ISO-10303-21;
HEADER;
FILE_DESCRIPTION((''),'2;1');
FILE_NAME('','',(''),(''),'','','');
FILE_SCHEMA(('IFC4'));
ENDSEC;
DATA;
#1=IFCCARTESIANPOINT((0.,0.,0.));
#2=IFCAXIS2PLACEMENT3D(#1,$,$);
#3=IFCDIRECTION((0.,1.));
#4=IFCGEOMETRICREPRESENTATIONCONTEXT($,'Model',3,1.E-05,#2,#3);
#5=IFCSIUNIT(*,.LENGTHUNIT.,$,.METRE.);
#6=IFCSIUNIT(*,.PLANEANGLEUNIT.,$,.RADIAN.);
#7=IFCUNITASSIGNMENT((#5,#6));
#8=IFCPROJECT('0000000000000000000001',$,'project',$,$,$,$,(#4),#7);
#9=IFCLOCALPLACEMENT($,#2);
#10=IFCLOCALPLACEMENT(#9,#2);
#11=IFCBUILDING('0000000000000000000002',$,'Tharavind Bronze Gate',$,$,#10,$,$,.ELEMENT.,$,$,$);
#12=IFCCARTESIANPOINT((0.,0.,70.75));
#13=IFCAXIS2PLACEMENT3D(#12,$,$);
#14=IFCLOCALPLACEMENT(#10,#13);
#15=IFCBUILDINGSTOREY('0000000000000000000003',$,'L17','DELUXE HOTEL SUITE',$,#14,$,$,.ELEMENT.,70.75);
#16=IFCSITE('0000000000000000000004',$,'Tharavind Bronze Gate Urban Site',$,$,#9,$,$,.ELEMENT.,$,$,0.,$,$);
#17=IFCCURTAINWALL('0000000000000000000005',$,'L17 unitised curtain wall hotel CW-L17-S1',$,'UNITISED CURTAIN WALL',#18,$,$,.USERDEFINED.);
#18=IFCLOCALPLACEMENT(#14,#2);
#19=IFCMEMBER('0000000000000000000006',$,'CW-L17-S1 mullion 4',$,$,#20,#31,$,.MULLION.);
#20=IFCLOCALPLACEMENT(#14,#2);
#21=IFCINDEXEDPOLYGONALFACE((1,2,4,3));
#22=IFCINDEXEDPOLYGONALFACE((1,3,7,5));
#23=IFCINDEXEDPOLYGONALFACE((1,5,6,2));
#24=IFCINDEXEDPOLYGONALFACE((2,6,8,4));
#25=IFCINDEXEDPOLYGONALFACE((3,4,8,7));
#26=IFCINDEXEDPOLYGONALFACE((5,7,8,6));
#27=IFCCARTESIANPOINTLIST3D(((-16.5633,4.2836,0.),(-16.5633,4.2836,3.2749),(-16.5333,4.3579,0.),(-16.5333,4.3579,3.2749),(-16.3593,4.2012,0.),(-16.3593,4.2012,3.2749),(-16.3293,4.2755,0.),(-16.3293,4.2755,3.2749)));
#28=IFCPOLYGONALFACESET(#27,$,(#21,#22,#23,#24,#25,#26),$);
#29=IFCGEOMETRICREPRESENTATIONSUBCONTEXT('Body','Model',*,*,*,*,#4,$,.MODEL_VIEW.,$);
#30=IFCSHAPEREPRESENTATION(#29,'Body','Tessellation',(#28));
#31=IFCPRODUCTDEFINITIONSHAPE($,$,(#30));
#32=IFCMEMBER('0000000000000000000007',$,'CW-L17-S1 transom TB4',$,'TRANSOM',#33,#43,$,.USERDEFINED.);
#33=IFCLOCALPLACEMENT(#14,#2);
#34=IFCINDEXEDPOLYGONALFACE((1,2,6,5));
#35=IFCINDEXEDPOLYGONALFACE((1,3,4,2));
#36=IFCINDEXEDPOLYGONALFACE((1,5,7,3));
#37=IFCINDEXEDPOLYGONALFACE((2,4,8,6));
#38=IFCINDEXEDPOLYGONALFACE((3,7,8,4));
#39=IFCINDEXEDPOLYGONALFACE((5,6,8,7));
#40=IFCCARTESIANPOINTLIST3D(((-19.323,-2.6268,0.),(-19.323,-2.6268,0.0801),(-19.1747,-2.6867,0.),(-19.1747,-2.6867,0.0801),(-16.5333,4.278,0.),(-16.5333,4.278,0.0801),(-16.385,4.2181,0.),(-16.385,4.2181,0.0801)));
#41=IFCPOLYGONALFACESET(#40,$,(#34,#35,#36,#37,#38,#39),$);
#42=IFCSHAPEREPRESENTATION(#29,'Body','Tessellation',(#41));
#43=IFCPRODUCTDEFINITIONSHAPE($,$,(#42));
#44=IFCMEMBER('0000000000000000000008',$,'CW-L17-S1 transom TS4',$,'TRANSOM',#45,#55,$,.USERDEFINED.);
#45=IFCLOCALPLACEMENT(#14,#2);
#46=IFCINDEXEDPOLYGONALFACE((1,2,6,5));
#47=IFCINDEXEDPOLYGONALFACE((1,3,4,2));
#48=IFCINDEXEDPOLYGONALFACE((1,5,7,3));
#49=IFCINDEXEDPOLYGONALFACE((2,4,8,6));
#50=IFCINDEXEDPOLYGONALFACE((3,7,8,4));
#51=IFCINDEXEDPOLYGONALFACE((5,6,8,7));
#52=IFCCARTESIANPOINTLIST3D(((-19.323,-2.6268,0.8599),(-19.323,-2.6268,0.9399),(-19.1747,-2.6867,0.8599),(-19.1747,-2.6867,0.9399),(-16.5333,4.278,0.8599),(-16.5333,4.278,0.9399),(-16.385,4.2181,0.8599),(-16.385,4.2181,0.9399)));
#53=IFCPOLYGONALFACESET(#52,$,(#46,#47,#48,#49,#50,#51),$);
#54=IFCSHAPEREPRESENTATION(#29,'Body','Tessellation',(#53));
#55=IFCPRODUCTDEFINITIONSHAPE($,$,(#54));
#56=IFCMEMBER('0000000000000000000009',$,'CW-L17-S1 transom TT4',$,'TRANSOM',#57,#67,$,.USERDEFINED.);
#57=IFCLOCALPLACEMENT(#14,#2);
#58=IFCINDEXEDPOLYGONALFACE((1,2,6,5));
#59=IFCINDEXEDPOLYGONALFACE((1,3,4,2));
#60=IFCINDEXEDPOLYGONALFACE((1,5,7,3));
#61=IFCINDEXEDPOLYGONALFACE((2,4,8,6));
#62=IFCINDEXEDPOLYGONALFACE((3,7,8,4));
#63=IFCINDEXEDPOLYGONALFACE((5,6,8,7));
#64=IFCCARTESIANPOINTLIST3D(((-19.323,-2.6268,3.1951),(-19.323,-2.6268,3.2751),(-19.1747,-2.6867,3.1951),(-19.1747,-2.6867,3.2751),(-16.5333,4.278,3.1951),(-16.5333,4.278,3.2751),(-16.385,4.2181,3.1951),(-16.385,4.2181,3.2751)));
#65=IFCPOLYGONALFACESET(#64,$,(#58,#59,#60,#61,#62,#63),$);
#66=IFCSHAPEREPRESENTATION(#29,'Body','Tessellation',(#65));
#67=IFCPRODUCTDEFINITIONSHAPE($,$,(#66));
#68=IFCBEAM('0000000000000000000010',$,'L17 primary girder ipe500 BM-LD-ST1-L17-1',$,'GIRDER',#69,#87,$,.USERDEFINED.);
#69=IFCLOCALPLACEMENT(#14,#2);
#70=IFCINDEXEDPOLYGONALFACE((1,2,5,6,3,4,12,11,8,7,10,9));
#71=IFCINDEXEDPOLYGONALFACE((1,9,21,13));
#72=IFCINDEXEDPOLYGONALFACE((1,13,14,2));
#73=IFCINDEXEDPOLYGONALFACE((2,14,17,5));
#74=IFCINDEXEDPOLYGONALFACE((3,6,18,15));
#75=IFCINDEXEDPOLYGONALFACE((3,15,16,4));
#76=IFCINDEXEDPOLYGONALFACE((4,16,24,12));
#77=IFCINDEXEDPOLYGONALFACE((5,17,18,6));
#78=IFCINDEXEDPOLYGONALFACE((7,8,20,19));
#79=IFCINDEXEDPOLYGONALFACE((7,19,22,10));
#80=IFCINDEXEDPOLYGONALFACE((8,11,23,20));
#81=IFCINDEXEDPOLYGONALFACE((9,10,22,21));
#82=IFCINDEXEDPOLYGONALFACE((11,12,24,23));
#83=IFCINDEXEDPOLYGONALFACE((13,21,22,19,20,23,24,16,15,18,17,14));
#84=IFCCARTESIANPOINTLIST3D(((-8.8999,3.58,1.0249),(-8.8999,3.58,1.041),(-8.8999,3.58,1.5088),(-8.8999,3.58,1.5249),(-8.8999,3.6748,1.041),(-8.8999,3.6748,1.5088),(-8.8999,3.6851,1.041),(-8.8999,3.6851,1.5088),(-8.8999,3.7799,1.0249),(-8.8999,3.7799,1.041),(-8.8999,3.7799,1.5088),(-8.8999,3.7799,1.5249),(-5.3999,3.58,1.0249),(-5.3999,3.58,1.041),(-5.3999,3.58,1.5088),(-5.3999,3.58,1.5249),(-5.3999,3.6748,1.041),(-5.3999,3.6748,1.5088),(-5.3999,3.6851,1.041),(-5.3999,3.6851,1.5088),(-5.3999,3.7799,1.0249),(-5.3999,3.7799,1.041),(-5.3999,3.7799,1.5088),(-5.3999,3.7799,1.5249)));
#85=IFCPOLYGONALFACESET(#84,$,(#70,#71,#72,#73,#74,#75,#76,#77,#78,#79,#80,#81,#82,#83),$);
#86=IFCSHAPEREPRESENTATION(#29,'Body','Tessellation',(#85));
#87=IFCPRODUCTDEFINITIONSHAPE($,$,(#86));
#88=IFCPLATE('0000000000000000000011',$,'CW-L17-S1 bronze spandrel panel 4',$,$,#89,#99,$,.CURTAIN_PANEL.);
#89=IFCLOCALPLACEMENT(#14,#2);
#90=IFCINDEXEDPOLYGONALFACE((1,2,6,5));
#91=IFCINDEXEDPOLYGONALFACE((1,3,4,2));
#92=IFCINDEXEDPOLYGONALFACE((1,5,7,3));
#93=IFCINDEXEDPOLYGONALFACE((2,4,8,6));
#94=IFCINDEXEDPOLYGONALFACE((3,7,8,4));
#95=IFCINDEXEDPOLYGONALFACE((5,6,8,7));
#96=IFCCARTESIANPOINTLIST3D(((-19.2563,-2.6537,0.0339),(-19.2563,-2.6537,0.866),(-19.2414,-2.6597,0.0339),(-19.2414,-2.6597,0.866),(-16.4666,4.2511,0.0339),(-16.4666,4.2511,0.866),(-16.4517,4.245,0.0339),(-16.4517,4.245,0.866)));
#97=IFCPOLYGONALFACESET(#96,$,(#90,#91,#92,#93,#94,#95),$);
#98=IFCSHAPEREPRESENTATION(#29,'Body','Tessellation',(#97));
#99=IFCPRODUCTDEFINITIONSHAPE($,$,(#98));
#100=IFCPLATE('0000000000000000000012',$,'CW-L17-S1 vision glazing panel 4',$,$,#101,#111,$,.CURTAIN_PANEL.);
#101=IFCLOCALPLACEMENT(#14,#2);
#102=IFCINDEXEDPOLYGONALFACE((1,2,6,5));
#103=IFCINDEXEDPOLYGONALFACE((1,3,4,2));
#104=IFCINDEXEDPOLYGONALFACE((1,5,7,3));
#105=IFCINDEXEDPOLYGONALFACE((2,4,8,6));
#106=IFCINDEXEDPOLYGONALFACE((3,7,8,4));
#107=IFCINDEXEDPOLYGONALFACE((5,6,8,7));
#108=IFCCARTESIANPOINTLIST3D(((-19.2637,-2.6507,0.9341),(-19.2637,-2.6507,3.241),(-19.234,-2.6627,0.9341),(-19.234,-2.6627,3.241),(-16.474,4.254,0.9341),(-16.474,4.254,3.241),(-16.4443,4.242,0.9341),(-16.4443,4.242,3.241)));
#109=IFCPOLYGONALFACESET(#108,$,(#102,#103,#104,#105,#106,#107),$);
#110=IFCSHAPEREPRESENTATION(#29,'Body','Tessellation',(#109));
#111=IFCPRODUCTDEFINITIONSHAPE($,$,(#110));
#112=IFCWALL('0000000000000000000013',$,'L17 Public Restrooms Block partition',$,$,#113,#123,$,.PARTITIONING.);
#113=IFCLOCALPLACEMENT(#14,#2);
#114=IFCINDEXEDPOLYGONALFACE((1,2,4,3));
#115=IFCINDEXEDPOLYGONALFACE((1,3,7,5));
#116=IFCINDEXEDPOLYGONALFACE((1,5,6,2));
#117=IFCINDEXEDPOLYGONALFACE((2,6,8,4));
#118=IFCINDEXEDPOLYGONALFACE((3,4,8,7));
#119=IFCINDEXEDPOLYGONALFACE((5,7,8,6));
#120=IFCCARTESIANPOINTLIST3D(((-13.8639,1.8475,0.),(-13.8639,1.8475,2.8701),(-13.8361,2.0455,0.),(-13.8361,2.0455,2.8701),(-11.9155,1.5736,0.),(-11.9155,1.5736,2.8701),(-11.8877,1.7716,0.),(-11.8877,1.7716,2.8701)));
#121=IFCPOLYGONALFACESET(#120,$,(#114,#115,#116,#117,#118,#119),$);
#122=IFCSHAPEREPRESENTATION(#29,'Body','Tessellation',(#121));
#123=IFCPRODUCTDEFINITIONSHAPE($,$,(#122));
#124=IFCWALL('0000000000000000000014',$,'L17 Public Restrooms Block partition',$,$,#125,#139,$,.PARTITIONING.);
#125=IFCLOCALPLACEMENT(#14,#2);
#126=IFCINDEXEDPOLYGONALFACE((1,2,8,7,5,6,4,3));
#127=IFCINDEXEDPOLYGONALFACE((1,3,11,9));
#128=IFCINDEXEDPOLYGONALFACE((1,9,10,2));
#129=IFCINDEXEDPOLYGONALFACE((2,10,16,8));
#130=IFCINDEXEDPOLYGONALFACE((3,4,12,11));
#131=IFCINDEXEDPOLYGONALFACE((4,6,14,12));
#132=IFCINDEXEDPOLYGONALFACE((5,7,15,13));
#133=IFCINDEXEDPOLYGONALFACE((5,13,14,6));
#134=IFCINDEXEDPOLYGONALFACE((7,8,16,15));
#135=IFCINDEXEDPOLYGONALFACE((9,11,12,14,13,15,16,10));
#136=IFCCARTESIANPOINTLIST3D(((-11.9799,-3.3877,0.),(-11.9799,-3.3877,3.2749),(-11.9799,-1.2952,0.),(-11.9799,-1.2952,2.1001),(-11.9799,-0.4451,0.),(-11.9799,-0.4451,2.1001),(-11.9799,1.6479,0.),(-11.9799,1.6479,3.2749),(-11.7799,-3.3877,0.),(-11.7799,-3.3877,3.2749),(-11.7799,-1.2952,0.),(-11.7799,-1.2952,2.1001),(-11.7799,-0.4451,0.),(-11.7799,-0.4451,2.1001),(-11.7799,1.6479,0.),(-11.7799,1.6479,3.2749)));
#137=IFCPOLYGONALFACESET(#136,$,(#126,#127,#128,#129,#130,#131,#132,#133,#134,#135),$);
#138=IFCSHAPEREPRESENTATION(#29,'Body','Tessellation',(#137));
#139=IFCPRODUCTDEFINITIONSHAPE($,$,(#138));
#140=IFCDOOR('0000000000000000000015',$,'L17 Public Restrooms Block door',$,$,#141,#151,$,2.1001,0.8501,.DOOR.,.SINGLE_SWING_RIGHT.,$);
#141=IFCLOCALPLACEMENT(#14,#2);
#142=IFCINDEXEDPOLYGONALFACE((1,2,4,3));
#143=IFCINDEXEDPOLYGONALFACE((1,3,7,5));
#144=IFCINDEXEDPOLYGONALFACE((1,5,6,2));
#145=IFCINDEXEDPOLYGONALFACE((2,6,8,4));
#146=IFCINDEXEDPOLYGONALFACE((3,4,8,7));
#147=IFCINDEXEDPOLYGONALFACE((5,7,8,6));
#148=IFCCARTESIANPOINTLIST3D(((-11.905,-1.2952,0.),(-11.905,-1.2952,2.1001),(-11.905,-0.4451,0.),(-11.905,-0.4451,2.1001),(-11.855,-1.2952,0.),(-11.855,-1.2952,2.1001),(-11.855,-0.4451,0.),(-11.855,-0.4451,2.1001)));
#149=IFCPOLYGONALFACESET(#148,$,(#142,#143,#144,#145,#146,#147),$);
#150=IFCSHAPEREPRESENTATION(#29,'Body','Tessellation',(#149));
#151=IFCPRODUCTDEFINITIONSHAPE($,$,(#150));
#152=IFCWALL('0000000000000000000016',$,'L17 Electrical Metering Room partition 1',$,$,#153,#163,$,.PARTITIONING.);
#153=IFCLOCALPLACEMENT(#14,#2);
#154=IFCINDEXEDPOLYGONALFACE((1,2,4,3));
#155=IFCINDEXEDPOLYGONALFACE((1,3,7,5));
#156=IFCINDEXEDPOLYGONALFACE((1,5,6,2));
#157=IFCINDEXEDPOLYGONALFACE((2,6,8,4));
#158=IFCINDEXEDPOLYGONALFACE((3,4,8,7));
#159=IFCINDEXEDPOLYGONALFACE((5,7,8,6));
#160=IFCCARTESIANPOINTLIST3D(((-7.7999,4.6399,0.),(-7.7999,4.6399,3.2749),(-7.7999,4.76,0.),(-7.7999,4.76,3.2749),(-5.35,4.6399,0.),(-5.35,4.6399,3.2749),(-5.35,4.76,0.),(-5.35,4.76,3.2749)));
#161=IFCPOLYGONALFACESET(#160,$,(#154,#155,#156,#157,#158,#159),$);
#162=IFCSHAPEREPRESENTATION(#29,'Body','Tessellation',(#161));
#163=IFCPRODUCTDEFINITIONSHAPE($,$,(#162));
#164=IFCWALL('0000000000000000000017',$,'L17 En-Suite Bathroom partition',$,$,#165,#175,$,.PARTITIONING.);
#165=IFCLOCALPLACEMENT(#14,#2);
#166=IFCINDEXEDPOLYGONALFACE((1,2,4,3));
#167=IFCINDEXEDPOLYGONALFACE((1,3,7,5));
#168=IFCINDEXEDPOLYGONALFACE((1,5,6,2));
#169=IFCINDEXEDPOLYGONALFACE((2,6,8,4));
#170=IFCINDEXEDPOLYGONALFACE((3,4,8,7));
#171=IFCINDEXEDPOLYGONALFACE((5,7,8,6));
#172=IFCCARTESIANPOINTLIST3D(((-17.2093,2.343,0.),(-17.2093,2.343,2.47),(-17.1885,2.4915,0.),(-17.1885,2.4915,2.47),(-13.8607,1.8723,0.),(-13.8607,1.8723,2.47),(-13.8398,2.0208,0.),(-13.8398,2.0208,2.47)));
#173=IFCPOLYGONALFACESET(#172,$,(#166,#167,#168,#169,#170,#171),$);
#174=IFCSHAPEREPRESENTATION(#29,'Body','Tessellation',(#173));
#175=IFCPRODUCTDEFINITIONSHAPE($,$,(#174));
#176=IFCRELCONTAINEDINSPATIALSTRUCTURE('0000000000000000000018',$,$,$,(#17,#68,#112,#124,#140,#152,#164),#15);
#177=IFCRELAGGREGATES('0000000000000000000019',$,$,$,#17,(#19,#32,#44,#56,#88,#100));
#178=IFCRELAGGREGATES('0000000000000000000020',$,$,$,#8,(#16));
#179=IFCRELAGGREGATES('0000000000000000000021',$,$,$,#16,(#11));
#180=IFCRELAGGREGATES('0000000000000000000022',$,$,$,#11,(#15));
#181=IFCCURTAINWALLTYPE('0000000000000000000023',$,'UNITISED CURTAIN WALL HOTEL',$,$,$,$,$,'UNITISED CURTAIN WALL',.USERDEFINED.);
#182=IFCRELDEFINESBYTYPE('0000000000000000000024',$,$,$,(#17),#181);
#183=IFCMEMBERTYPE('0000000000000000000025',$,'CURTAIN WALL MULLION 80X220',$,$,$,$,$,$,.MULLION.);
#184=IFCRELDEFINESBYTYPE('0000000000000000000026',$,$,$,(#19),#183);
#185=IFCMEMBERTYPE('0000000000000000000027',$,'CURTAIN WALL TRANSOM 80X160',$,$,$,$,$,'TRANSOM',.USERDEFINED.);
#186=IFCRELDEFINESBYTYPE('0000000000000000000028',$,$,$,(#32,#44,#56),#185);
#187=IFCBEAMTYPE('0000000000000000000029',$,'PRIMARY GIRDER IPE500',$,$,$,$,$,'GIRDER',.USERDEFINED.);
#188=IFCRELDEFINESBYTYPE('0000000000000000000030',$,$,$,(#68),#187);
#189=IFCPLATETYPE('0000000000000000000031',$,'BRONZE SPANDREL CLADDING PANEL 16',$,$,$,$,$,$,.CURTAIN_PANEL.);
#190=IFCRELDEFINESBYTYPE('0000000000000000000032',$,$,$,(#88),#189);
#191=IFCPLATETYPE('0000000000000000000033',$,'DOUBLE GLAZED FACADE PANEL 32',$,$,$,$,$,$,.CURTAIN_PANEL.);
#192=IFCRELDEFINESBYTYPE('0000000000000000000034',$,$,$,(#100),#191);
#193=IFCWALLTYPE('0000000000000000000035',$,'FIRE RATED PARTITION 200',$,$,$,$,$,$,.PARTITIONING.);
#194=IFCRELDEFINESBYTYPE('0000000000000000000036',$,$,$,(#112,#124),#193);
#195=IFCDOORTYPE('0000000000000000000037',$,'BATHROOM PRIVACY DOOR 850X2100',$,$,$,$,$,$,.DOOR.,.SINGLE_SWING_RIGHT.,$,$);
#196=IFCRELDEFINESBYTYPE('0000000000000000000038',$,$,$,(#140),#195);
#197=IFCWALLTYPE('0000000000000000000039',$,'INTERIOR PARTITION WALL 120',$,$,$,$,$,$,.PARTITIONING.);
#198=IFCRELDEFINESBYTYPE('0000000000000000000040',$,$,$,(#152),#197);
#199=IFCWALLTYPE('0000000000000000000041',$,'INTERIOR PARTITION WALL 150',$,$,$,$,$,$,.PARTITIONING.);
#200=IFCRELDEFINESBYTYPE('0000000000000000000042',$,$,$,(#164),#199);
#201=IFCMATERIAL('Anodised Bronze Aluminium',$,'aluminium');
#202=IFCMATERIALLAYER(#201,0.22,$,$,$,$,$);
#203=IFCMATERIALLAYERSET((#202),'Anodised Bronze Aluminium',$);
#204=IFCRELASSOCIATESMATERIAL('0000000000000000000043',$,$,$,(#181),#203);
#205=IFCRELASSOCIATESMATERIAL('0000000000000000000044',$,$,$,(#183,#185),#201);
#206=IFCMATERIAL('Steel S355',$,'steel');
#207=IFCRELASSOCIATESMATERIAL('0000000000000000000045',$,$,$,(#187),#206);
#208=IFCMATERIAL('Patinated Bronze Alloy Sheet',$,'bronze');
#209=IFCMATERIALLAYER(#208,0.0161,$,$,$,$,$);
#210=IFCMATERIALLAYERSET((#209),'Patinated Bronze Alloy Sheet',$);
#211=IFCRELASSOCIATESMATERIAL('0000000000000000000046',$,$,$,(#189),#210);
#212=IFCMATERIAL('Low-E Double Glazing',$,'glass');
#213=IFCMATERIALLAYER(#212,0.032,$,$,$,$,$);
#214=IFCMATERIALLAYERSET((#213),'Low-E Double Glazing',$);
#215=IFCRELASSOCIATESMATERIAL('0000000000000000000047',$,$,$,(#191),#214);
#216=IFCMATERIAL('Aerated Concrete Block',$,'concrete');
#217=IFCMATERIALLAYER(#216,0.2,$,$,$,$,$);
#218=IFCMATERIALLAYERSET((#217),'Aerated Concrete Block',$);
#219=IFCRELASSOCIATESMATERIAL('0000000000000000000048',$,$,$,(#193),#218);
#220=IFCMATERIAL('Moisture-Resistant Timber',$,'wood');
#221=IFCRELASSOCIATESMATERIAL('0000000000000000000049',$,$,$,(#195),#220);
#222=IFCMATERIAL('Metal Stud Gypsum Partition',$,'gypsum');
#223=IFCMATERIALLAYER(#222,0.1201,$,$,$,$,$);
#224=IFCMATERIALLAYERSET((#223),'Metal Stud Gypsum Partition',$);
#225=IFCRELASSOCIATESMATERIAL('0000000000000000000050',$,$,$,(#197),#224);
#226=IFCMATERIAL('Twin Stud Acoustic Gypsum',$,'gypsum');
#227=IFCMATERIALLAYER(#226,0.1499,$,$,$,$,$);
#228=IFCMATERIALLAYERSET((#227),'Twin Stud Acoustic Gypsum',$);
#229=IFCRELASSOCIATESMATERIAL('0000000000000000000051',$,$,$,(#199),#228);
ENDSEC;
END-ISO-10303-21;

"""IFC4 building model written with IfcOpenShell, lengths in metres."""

from ifc_helpers import new_model, si_unit, direction, frame, frame_2d, origin, origin_2d, place, context, subcontext, project, spatial, rectangle, i_section, extrude, material, layer, layer_set, material_profile, profile_set, type_object, element, fill, aggregate, save


model = new_model("IFC4")

# Units and contexts
model_context = context("Model", 3, precision=1e-05, world=origin(), true_north=direction((0.0, 1.0)))
body_context = subcontext(model_context, "Body", "Model", "MODEL_VIEW")
ifc_project = project(units=[si_unit("LENGTHUNIT", "METRE"), si_unit("PLANEANGLEUNIT", "RADIAN")], contexts=[model_context])

# Site, building, storey
site_placement = place(None, origin())
site = spatial("IfcSite", under=ifc_project, at=site_placement, Name="Tharavind Bronze Gate Urban Site", CompositionType="ELEMENT", RefElevation=0.0)
building_placement = place(site_placement, origin())
building = spatial("IfcBuilding", under=site, at=building_placement, Name="Tharavind Bronze Gate", CompositionType="ELEMENT")
storey_placement = place(building_placement, frame((0.0, 0.0, 70.75)))
storey = spatial("IfcBuildingStorey", under=building, at=storey_placement, Name="L17", Description="DELUXE HOTEL SUITE", CompositionType="ELEMENT", Elevation=70.75)

# Curtain wall, members
ifc_material_1 = material(Name="Anodised Bronze Aluminium", Category="aluminium")
ifc_layer_1 = layer(ifc_material_1, 0.22)
ifc_layer_set_1 = layer_set([ifc_layer_1], Name="Anodised Bronze Aluminium")
curtain_wall_type = type_object("IfcCurtainWallType", Name="UNITISED CURTAIN WALL HOTEL", ElementType="UNITISED CURTAIN WALL", PredefinedType="USERDEFINED", material=ifc_layer_set_1)
curtain_wall_placement = place(storey_placement, origin())
curtain_wall = element("IfcCurtainWall", 1, at=curtain_wall_placement, inside=storey, type_object=curtain_wall_type, Name="L17 unitised curtain wall hotel CW-L17-S1", ObjectType="UNITISED CURTAIN WALL", PredefinedType="USERDEFINED")
member_type_1 = type_object("IfcMemberType", Name="CURTAIN WALL MULLION 80X220", PredefinedType="MULLION", material=ifc_material_1)
member_1_placement = place(storey_placement, frame((-16.4463, 4.2795, 0.0), z_axis=(0.0, 0.0, 1.0), x_axis=(-0.374607, -0.927184, 0.0)))
member_1 = element("IfcMember", 2, at=member_1_placement, type_object=member_type_1, Name="CW-L17-S1 mullion 4", PredefinedType="MULLION", context=body_context, shape_type="SweptSolid", body=[
    extrude(rectangle(XDim=0.0801, YDim=0.22, at=origin_2d()), origin(), (0.0, 0.0, 1.0), 3.2749),
])
member_type_2 = type_object("IfcMemberType", Name="CURTAIN WALL TRANSOM 80X160", ElementType="TRANSOM", PredefinedType="USERDEFINED", material=ifc_material_1)
member_2_placement = place(storey_placement, frame((-17.854, 0.7957, 0.0), z_axis=(0.0, 0.0, 1.0), x_axis=(-0.374607, -0.927184, 0.0)))
member_2 = element("IfcMember", 3, at=member_2_placement, type_object=member_type_2, Name="CW-L17-S1 transom TB4", ObjectType="TRANSOM", PredefinedType="USERDEFINED", context=body_context, shape_type="SweptSolid", body=[
    extrude(rectangle(XDim=7.447, YDim=0.1599, at=origin_2d()), origin(), (0.0, 0.0, 1.0), 0.0801),
])
member_3_placement = place(storey_placement, frame((-17.854, 0.7957, 0.8599), z_axis=(0.0, 0.0, 1.0), x_axis=(-0.374607, -0.927184, 0.0)))
member_3 = element("IfcMember", 4, at=member_3_placement, type_object=member_type_2, Name="CW-L17-S1 transom TS4", ObjectType="TRANSOM", PredefinedType="USERDEFINED", context=body_context, shape_type="SweptSolid", body=[
    extrude(rectangle(XDim=7.447, YDim=0.1599, at=origin_2d()), origin(), (0.0, 0.0, 1.0), 0.0801),
])
member_4_placement = place(storey_placement, frame((-17.854, 0.7957, 3.1951), z_axis=(0.0, 0.0, 1.0), x_axis=(-0.374607, -0.927184, 0.0)))
member_4 = element("IfcMember", 5, at=member_4_placement, type_object=member_type_2, Name="CW-L17-S1 transom TT4", ObjectType="TRANSOM", PredefinedType="USERDEFINED", context=body_context, shape_type="SweptSolid", body=[
    extrude(rectangle(XDim=7.447, YDim=0.1599, at=origin_2d()), origin(), (0.0, 0.0, 1.0), 0.0801),
])

# Beam
ifc_material_2 = material(Name="Steel S355", Category="steel")
ifc_material_profile = material_profile(ifc_material_2, i_section(OverallWidth=0.2, OverallDepth=0.5, WebThickness=0.0103, FlangeThickness=0.0161, at=origin_2d()), Name="IPE500")
ifc_profile_set = profile_set([ifc_material_profile], Name="Steel S355")
beam_type = type_object("IfcBeamType", Name="PRIMARY GIRDER IPE500", ElementType="GIRDER", PredefinedType="USERDEFINED", material=ifc_profile_set)
beam_placement = place(storey_placement, frame((-8.8999, 3.6799, 1.2749), z_axis=(1.0, 0.0, 0.0), x_axis=(0.0, 1.0, 0.0)))
element("IfcBeam", 6, at=beam_placement, inside=storey, type_object=beam_type, Name="L17 primary girder ipe500 BM-LD-ST1-L17-1", ObjectType="GIRDER", PredefinedType="USERDEFINED", context=body_context, shape_type="SweptSolid", body=[
    extrude(i_section(OverallWidth=0.2, OverallDepth=0.5, WebThickness=0.0103, FlangeThickness=0.0161, at=origin_2d()), origin(), (0.0, 0.0, 1.0), 3.5),
])

# Plates
ifc_material_3 = material(Name="Patinated Bronze Alloy Sheet", Category="bronze")
ifc_layer_2 = layer(ifc_material_3, 0.0161)
ifc_layer_set_2 = layer_set([ifc_layer_2], Name="Patinated Bronze Alloy Sheet")
plate_type_1 = type_object("IfcPlateType", Name="BRONZE SPANDREL CLADDING PANEL 16", PredefinedType="CURTAIN_PANEL", material=ifc_layer_set_2)
plate_1_placement = place(storey_placement, frame((-17.854, 0.7957, 0.0339), z_axis=(0.0, 0.0, 1.0), x_axis=(-0.374607, -0.927184, 0.0)))
plate_1 = element("IfcPlate", 7, at=plate_1_placement, type_object=plate_type_1, Name="CW-L17-S1 bronze spandrel panel 4", PredefinedType="CURTAIN_PANEL", context=body_context, shape_type="SweptSolid", body=[
    extrude(rectangle(XDim=7.447, YDim=0.0161, at=origin_2d()), origin(), (0.0, 0.0, 1.0), 0.832),
])
ifc_material_4 = material(Name="Low-E Double Glazing", Category="glass")
ifc_layer_3 = layer(ifc_material_4, 0.032)
ifc_layer_set_3 = layer_set([ifc_layer_3], Name="Low-E Double Glazing")
plate_type_2 = type_object("IfcPlateType", Name="DOUBLE GLAZED FACADE PANEL 32", PredefinedType="CURTAIN_PANEL", material=ifc_layer_set_3)
plate_2_placement = place(storey_placement, frame((-17.854, 0.7957, 0.9341), z_axis=(0.0, 0.0, 1.0), x_axis=(-0.374607, -0.927184, 0.0)))
plate_2 = element("IfcPlate", 8, at=plate_2_placement, type_object=plate_type_2, Name="CW-L17-S1 vision glazing panel 4", PredefinedType="CURTAIN_PANEL", context=body_context, shape_type="SweptSolid", body=[
    extrude(rectangle(XDim=7.447, YDim=0.032, at=origin_2d()), origin(), (0.0, 0.0, 1.0), 2.3069),
])
aggregate(curtain_wall, [member_1, member_2, member_3, member_4, plate_1, plate_2])

# Wall
ifc_material_5 = material(Name="Aerated Concrete Block", Category="concrete")
ifc_layer_4 = layer(ifc_material_5, 0.2)
ifc_layer_set_4 = layer_set([ifc_layer_4], Name="Aerated Concrete Block")
wall_type_1 = type_object("IfcWallType", Name="FIRE RATED PARTITION 200", PredefinedType="PARTITIONING", material=ifc_layer_set_4)
wall_1_placement = place(storey_placement, frame((-13.8501, 1.9465, 0.0), z_axis=(0.0, 0.0, 1.0), x_axis=(0.990262, -0.139215, 0.0)))
element("IfcWall", 9, at=wall_1_placement, inside=storey, type_object=wall_type_1, Name="L17 Public Restrooms Block partition", PredefinedType="PARTITIONING", context=body_context, shape_type="SweptSolid", body=[
    extrude(rectangle(XDim=1.9675, YDim=0.2, at=frame_2d((0.9839, 0.0))), origin(), (0.0, 0.0, 1.0), 2.8701),
])

# Wall, opening, door
wall_2_placement = place(storey_placement, frame((-11.8799, 1.6479, 0.0), z_axis=(0.0, 0.0, 1.0), x_axis=(0.0, -1.0, 0.0)))
wall_2 = element("IfcWall", 10, at=wall_2_placement, inside=storey, type_object=wall_type_1, Name="L17 Public Restrooms Block partition", PredefinedType="PARTITIONING", context=body_context, shape_type="SweptSolid", body=[
    extrude(rectangle(XDim=5.0356, YDim=0.2, at=frame_2d((2.5178, 0.0))), origin(), (0.0, 0.0, 1.0), 3.2749),
])
opening_1_placement = place(wall_2_placement, frame((2.093, 0.0, 0.0)))
opening_1 = element("IfcOpeningElement", 11, at=opening_1_placement, cuts=wall_2, PredefinedType="OPENING", context=body_context, shape_type="SweptSolid", body=[
    extrude(rectangle(XDim=0.8501, YDim=2.1001, at=frame_2d((0.425, 1.05))), frame((0.0, 0.1101, 0.0), z_axis=(0.0, -1.0, 0.0), x_axis=(1.0, 0.0, 0.0)), (0.0, 0.0, 1.0), 0.22),
])
ifc_material_6 = material(Name="Moisture-Resistant Timber", Category="wood")
door_type_1 = type_object("IfcDoorType", Name="BATHROOM PRIVACY DOOR 850X2100", OperationType="SINGLE_SWING_RIGHT", PredefinedType="DOOR", material=ifc_material_6)
door_1_placement = place(opening_1_placement, origin())
door_1 = element("IfcDoor", 12, at=door_1_placement, inside=storey, type_object=door_type_1, Name="L17 Public Restrooms Block door", OperationType="SINGLE_SWING_RIGHT", OverallHeight=2.1001, OverallWidth=0.8501, PredefinedType="DOOR", context=body_context, shape_type="SweptSolid", body=[
    extrude(rectangle(XDim=0.8501, YDim=2.1001, at=frame_2d((0.425, 1.05))), frame((0.0, 0.0249, 0.0), z_axis=(0.0, -1.0, 0.0), x_axis=(1.0, 0.0, 0.0)), (0.0, 0.0, 1.0), 0.05),
])
fill(opening_1, door_1)

# Walls
ifc_material_7 = material(Name="Metal Stud Gypsum Partition", Category="gypsum")
ifc_layer_5 = layer(ifc_material_7, 0.1201)
ifc_layer_set_5 = layer_set([ifc_layer_5], Name="Metal Stud Gypsum Partition")
wall_type_2 = type_object("IfcWallType", Name="INTERIOR PARTITION WALL 120", PredefinedType="PARTITIONING", material=ifc_layer_set_5)
wall_3_placement = place(storey_placement, frame((-7.8, 4.7, 0.0), z_axis=(0.0, 0.0, 1.0), x_axis=(1.0, 0.0, 0.0)))
element("IfcWall", 13, at=wall_3_placement, inside=storey, type_object=wall_type_2, Name="L17 Electrical Metering Room partition 1", PredefinedType="PARTITIONING", context=body_context, shape_type="SweptSolid", body=[
    extrude(rectangle(XDim=2.45, YDim=0.1201, at=frame_2d((1.2251, 0.0))), origin(), (0.0, 0.0, 1.0), 3.2749),
])
ifc_material_8 = material(Name="Twin Stud Acoustic Gypsum", Category="gypsum")
ifc_layer_6 = layer(ifc_material_8, 0.1499)
ifc_layer_set_6 = layer_set([ifc_layer_6], Name="Twin Stud Acoustic Gypsum")
wall_type_3 = type_object("IfcWallType", Name="INTERIOR PARTITION WALL 150", PredefinedType="PARTITIONING", material=ifc_layer_set_6)
wall_4_placement = place(storey_placement, frame((-13.8501, 1.9465, 0.0), z_axis=(0.0, 0.0, 1.0), x_axis=(-0.990265, 0.139197, 0.0)))
element("IfcWall", 14, at=wall_4_placement, inside=storey, type_object=wall_type_3, Name="L17 En-Suite Bathroom partition", PredefinedType="PARTITIONING", context=body_context, shape_type="SweptSolid", body=[
    extrude(rectangle(XDim=3.3816, YDim=0.1499, at=frame_2d((1.6909, 0.0))), origin(), (0.0, 0.0, 1.0), 2.47),
])

save(model, "model.ifc")
